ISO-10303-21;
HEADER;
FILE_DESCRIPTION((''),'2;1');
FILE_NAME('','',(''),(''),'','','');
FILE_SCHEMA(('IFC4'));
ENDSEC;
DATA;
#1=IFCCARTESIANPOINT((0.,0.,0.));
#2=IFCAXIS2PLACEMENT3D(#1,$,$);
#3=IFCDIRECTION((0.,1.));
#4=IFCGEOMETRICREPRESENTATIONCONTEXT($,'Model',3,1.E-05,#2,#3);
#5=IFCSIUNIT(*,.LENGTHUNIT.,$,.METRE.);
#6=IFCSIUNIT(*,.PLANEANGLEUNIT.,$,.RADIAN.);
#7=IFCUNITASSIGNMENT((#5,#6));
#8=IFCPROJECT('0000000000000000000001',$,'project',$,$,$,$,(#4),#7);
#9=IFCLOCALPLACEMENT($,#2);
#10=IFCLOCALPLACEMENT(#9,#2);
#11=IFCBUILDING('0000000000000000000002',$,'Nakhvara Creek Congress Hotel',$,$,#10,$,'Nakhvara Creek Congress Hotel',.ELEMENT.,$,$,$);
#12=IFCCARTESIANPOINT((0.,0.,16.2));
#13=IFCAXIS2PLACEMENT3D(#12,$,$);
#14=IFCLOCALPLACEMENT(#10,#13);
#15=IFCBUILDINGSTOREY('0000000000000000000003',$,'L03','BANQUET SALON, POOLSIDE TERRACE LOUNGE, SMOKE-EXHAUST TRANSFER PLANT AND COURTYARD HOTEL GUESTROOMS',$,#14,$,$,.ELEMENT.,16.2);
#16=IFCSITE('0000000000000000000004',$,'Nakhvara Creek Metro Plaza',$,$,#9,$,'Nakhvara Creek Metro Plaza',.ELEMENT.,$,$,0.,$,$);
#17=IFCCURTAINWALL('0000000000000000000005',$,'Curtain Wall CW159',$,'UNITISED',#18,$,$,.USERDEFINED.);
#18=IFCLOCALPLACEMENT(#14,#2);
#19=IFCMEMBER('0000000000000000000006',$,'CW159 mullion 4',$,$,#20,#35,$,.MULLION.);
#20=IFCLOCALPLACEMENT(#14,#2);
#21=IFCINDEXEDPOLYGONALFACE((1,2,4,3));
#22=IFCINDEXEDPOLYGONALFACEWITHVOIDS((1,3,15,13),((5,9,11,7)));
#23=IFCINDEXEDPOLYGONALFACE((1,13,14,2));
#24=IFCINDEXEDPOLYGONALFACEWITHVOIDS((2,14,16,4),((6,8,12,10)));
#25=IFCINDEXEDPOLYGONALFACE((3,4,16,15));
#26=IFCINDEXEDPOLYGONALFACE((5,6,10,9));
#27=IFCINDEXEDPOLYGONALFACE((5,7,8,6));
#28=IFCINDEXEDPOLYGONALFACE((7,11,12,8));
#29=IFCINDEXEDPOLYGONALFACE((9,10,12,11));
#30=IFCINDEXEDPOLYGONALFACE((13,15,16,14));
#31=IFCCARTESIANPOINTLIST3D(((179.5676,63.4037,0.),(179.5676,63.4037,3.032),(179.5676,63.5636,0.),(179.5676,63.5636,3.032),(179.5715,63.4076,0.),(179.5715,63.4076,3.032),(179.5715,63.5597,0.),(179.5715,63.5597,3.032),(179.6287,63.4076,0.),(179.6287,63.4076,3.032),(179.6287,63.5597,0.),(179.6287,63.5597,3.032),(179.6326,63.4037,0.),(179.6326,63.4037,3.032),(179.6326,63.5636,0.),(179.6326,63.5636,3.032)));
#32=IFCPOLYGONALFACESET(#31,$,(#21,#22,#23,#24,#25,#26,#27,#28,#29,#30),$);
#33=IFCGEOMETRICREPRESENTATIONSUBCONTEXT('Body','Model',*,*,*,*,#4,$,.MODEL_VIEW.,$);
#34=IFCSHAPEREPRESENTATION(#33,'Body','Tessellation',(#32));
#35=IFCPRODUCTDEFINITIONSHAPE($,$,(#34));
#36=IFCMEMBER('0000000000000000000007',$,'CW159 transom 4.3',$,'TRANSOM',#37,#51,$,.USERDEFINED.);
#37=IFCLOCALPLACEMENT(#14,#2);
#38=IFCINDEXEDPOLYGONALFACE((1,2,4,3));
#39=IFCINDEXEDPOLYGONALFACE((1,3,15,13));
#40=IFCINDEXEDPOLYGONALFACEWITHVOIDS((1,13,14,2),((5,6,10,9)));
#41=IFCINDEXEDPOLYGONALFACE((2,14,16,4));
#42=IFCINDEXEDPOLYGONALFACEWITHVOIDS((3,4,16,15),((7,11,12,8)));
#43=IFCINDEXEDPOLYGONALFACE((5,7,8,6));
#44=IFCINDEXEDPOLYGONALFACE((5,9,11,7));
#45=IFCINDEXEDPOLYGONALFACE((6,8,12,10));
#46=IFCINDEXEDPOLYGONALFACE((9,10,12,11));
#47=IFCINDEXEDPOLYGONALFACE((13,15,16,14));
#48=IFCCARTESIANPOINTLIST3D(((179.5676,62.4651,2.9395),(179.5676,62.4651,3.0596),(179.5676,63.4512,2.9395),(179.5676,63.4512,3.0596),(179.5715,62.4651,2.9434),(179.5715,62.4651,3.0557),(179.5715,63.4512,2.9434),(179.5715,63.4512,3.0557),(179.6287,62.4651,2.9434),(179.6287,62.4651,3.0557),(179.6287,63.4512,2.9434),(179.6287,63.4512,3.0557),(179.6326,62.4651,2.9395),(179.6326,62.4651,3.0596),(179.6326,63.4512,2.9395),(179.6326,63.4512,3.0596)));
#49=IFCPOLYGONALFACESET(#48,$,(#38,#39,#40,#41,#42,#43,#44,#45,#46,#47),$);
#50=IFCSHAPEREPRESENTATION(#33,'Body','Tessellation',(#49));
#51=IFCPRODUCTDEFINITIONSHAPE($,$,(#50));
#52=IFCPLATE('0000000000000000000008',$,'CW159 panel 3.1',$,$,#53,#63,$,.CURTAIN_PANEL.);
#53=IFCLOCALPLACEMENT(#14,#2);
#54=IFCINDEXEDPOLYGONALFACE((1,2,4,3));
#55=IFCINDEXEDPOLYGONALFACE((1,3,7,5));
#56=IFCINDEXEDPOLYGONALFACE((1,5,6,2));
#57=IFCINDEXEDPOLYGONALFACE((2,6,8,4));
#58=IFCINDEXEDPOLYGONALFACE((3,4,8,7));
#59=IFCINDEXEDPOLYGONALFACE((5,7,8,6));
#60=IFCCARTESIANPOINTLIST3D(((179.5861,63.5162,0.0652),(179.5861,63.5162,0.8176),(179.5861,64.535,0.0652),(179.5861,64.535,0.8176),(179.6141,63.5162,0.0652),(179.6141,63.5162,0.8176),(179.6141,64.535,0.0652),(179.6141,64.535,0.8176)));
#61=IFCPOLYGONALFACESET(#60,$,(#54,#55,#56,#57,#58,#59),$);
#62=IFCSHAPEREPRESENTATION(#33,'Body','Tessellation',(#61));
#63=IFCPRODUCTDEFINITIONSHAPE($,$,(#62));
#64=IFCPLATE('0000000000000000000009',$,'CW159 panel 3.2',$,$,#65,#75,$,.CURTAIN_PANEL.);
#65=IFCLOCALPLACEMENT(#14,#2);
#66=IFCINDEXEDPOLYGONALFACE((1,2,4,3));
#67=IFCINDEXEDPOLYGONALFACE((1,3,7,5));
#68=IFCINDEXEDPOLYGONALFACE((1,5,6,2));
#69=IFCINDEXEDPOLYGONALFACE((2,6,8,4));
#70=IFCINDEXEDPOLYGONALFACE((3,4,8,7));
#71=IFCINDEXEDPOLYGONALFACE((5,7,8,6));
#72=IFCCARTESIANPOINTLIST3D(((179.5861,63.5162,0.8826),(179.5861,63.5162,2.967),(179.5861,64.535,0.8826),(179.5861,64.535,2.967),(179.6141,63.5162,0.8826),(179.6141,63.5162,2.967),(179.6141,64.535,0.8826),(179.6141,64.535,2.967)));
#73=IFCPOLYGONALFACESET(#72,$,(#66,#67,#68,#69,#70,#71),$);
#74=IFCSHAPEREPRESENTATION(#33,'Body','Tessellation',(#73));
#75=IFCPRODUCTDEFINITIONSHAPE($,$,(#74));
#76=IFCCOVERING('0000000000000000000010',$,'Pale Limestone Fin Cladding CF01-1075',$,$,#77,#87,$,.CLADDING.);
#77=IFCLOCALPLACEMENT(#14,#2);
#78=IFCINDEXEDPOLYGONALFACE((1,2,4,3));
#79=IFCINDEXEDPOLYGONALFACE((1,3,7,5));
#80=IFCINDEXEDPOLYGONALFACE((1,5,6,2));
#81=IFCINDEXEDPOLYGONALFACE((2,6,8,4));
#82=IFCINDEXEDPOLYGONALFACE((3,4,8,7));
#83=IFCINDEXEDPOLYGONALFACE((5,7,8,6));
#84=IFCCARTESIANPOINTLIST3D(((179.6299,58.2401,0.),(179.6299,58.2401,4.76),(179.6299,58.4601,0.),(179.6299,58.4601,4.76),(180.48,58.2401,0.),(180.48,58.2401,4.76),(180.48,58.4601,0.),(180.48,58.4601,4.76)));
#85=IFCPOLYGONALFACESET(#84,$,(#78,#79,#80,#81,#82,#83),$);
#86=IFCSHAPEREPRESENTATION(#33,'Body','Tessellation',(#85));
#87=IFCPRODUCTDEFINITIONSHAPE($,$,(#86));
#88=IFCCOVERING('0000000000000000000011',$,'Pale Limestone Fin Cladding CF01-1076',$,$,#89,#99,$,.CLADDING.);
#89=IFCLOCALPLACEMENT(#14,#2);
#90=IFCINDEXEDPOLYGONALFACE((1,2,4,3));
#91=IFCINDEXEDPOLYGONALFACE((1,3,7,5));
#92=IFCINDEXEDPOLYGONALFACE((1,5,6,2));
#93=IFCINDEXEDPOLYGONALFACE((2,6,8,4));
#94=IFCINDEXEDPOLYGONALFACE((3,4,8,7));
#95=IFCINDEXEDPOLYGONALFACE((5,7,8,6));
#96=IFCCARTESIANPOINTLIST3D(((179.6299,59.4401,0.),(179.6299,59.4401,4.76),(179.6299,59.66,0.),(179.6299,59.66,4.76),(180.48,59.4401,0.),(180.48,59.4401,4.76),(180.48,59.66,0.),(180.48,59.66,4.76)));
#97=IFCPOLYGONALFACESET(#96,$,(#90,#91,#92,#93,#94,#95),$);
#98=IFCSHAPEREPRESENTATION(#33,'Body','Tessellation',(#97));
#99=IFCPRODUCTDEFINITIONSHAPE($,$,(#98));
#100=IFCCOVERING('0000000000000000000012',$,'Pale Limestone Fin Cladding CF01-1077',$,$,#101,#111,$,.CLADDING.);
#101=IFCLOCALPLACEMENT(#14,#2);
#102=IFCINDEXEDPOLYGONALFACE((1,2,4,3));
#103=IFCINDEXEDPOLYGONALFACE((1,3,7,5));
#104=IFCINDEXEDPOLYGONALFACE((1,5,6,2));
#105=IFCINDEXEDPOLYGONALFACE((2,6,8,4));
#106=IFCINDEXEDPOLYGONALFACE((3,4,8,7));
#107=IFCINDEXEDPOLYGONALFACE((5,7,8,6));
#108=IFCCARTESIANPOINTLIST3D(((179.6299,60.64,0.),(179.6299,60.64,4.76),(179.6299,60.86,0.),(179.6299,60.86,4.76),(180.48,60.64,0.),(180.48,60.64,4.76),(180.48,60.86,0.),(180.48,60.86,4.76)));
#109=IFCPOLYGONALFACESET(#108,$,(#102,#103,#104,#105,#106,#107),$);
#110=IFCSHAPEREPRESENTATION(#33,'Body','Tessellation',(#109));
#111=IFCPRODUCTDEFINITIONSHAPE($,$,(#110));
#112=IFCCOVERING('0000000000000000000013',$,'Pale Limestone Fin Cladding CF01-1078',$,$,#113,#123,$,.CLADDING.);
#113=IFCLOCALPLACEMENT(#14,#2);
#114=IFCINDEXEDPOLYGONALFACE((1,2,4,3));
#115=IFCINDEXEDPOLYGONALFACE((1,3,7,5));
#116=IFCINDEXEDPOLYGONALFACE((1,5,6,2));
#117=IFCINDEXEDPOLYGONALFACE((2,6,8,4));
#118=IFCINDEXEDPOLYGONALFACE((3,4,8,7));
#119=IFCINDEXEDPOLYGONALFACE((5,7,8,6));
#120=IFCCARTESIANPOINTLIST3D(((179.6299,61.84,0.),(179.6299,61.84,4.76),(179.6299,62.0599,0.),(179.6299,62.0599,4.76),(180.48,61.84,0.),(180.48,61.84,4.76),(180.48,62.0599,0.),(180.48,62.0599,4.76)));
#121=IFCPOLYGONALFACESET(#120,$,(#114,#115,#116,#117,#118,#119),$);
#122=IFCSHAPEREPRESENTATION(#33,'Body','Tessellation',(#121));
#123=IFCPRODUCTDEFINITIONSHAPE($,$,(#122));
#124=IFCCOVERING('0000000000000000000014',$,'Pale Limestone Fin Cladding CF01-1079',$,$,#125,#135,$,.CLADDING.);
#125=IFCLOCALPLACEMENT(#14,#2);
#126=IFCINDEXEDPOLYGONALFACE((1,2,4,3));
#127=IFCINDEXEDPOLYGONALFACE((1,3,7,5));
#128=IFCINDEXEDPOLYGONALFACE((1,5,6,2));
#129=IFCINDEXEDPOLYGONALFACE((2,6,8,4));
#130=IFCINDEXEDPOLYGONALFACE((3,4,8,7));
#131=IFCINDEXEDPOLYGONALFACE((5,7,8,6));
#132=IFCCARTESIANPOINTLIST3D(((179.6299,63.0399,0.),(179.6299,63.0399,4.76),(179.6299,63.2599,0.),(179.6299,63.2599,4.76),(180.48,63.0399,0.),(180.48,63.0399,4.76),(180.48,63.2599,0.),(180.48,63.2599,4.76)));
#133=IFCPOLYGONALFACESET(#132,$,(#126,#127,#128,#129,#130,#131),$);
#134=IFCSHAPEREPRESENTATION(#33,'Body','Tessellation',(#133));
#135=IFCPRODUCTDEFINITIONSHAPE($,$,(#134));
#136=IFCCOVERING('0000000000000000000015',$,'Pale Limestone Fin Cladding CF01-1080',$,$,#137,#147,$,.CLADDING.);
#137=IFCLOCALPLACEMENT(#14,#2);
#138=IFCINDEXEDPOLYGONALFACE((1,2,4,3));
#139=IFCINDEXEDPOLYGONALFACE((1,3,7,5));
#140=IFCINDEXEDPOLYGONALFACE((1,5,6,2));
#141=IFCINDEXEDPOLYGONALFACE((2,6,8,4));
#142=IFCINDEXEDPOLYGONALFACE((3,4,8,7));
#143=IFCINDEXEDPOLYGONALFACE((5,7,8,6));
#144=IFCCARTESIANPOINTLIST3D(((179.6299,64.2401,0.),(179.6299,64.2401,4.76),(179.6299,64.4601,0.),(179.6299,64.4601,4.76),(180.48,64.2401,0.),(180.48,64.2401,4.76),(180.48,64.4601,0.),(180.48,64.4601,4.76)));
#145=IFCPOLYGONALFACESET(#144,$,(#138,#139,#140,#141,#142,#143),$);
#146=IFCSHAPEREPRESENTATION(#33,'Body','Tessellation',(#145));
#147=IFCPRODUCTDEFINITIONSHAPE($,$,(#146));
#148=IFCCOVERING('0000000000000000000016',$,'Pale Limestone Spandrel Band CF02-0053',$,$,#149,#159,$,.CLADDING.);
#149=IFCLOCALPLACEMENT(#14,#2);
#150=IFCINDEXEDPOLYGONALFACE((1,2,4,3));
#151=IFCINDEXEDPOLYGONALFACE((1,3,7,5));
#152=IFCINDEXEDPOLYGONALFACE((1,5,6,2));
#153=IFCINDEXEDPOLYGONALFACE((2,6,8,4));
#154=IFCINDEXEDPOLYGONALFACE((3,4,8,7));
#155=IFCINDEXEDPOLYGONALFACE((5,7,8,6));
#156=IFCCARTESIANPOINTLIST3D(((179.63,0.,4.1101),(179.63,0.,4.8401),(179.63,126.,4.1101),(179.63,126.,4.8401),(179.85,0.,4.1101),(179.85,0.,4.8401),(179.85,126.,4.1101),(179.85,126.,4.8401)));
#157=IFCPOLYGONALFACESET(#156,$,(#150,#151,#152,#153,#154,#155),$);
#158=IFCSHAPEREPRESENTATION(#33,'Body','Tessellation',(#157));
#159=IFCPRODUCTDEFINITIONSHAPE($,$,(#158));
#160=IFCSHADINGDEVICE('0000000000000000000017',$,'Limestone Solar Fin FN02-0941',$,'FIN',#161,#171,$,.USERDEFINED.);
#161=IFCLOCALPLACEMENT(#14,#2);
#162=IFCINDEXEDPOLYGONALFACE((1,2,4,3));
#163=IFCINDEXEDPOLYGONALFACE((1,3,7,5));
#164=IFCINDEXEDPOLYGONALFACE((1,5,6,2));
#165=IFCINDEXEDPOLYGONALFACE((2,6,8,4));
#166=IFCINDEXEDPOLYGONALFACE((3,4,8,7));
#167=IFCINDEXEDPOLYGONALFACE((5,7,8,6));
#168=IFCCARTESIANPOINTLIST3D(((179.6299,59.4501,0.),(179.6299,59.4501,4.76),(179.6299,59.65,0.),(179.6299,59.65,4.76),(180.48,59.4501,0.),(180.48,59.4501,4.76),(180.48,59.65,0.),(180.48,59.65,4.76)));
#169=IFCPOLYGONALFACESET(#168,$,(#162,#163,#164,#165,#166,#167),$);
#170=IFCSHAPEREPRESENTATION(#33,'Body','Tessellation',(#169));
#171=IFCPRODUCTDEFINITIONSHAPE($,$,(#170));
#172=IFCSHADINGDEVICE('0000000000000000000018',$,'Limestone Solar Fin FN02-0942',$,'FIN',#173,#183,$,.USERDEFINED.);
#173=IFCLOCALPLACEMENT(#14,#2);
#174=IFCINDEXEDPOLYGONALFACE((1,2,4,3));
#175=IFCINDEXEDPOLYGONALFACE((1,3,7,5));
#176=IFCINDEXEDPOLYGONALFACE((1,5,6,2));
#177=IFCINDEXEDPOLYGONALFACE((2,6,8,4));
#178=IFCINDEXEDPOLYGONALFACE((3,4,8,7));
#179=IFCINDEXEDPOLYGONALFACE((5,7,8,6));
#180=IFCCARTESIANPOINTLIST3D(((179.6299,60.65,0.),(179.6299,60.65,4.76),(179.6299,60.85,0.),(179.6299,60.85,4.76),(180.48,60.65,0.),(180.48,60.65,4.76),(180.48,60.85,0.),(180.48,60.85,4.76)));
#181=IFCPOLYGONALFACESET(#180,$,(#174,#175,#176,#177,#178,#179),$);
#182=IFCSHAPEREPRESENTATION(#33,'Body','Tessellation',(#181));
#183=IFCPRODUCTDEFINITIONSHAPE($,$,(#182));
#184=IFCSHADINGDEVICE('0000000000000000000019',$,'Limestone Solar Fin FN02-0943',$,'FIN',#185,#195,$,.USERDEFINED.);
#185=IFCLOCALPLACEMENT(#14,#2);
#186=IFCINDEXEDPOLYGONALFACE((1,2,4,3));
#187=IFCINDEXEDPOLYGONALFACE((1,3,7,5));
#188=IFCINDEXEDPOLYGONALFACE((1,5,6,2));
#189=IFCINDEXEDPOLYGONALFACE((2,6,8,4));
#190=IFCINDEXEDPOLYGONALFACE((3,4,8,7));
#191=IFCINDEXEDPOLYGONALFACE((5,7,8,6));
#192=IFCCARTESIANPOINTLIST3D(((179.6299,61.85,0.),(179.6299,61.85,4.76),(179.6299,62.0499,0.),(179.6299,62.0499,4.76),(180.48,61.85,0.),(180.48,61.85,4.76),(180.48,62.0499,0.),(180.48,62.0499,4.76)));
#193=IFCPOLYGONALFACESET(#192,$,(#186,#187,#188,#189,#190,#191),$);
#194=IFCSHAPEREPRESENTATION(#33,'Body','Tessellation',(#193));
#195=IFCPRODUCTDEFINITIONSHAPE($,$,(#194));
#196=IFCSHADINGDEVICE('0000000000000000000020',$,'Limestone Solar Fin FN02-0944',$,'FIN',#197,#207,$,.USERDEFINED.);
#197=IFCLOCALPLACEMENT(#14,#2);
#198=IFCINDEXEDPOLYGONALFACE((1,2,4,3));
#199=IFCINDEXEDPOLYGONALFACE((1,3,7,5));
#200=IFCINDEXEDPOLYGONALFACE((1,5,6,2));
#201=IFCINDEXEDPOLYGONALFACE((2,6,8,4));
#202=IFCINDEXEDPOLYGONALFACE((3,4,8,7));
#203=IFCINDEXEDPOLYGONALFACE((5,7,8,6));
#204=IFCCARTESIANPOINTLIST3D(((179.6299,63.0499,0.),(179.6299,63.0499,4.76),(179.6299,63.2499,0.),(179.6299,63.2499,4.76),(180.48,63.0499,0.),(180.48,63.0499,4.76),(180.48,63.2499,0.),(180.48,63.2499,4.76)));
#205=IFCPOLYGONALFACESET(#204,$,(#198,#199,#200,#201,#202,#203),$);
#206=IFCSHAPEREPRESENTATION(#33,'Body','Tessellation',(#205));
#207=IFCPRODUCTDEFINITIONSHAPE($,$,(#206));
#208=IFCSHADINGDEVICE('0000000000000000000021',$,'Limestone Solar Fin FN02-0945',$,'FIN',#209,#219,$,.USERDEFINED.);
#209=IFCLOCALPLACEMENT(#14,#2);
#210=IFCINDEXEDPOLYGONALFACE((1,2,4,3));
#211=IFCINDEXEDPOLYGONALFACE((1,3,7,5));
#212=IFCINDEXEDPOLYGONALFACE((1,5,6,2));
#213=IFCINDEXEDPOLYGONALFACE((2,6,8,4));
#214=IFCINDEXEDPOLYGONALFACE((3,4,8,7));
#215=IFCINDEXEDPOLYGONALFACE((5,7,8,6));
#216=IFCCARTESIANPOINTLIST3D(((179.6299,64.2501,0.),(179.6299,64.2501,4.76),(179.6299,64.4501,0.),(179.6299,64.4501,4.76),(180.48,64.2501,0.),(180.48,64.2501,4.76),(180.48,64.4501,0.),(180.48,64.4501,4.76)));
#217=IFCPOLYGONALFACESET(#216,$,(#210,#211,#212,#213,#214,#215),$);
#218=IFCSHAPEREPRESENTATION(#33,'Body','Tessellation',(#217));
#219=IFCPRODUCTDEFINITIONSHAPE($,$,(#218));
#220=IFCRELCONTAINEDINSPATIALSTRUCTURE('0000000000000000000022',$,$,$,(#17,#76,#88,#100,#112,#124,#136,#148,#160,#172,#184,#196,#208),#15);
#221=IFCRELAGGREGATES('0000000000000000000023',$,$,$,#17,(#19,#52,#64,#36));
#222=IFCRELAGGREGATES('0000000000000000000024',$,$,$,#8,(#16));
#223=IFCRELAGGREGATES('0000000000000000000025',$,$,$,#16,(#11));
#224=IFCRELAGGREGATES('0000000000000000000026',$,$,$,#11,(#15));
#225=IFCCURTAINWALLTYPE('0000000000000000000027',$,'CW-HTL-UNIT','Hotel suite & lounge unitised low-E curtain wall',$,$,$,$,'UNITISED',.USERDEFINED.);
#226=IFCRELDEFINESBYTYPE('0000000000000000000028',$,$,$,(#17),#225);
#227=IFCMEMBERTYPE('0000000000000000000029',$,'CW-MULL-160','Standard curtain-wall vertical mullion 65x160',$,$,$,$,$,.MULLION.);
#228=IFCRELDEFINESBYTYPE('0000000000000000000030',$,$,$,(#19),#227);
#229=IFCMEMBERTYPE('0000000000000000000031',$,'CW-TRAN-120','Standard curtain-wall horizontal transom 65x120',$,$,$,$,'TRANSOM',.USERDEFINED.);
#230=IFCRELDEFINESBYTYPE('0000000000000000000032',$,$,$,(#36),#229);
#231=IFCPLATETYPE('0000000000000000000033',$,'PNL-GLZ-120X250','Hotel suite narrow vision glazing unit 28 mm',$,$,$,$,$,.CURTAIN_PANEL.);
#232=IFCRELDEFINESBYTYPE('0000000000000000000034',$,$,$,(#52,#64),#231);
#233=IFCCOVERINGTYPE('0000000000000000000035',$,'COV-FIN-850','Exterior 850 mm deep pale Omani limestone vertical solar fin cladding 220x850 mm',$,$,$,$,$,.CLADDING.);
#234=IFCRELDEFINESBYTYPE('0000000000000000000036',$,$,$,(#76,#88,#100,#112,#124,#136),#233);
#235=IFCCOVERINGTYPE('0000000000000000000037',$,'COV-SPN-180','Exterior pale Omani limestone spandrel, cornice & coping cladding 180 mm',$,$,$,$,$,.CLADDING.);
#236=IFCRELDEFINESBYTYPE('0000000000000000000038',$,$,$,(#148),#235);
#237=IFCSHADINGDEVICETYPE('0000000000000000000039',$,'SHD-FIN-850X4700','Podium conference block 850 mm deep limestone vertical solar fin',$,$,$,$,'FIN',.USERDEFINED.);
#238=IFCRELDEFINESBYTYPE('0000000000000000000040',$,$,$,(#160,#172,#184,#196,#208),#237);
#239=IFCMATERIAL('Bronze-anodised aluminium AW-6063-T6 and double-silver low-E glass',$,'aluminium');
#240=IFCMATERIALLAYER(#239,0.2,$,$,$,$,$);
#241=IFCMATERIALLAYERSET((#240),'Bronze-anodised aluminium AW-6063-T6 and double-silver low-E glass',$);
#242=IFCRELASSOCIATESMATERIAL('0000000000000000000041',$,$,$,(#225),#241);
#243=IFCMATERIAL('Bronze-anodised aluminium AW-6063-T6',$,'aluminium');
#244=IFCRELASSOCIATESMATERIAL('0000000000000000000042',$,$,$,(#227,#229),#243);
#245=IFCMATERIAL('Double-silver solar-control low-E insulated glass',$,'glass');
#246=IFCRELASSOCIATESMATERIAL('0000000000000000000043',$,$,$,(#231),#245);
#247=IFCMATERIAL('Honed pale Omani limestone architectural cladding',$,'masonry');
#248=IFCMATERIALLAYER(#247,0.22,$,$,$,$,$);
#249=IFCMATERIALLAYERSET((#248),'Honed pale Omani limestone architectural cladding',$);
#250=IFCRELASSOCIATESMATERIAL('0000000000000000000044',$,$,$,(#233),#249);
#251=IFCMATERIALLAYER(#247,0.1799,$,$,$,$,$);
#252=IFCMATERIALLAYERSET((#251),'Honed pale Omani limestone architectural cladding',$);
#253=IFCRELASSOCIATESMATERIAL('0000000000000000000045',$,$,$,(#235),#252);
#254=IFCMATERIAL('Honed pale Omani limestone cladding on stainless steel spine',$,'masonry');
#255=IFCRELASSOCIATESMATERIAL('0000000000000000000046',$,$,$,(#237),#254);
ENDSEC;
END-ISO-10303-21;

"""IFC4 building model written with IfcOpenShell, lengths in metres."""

from ifc_helpers import new_model, si_unit, direction, frame, origin, origin_2d, place, context, subcontext, project, spatial, rectangle, hollow_rectangle, extrude, material, layer, layer_set, material_profile, profile_set, type_object, element, aggregate, save


model = new_model("IFC4")

# Units and contexts
model_context = context("Model", 3, precision=1e-05, world=origin(), true_north=direction((0.0, 1.0)))
body_context = subcontext(model_context, "Body", "Model", "MODEL_VIEW")
ifc_project = project(units=[si_unit("LENGTHUNIT", "METRE"), si_unit("PLANEANGLEUNIT", "RADIAN")], contexts=[model_context])

# Site, building, storey
site_placement = place(None, origin())
site = spatial("IfcSite", under=ifc_project, at=site_placement, Name="Nakhvara Creek Metro Plaza", LongName="Nakhvara Creek Metro Plaza", CompositionType="ELEMENT", RefElevation=0.0)
building_placement = place(site_placement, origin())
building = spatial("IfcBuilding", under=site, at=building_placement, Name="Nakhvara Creek Congress Hotel", LongName="Nakhvara Creek Congress Hotel", CompositionType="ELEMENT")
storey_placement = place(building_placement, frame((0.0, 0.0, 16.2)))
storey = spatial("IfcBuildingStorey", under=building, at=storey_placement, Name="L03", Description="BANQUET SALON, POOLSIDE TERRACE LOUNGE, SMOKE-EXHAUST TRANSFER PLANT AND COURTYARD HOTEL GUESTROOMS", CompositionType="ELEMENT", Elevation=16.2)

# Curtain wall, members, plates
ifc_material_1 = material(Name="Bronze-anodised aluminium AW-6063-T6 and double-silver low-E glass", Category="aluminium")
ifc_layer_1 = layer(ifc_material_1, 0.2)
ifc_layer_set_1 = layer_set([ifc_layer_1], Name="Bronze-anodised aluminium AW-6063-T6 and double-silver low-E glass")
curtain_wall_type = type_object("IfcCurtainWallType", Name="CW-HTL-UNIT", Description="Hotel suite & lounge unitised low-E curtain wall", ElementType="UNITISED", PredefinedType="USERDEFINED", material=ifc_layer_set_1)
curtain_wall_placement = place(storey_placement, origin())
curtain_wall = element("IfcCurtainWall", 1, at=curtain_wall_placement, inside=storey, type_object=curtain_wall_type, Name="Curtain Wall CW159", ObjectType="UNITISED", PredefinedType="USERDEFINED")
ifc_material_2 = material(Name="Bronze-anodised aluminium AW-6063-T6", Category="aluminium")
ifc_material_profile_1 = material_profile(ifc_material_2, hollow_rectangle(XDim=0.0649, YDim=0.1599, WallThickness=0.0039, at=origin_2d()), Name="ALU-MULL 65x160x4", Category="LoadBearing")
ifc_profile_set_1 = profile_set([ifc_material_profile_1], Name="Bronze-anodised aluminium AW-6063-T6")
member_type_1 = type_object("IfcMemberType", Name="CW-MULL-160", Description="Standard curtain-wall vertical mullion 65x160", PredefinedType="MULLION", material=ifc_profile_set_1)
member_1_placement = place(storey_placement, frame((179.6001, 63.4836, 0.0), z_axis=(0.0, 0.0, 1.0), x_axis=(1.0, 0.0, 0.0)))
member_1 = element("IfcMember", 2, at=member_1_placement, type_object=member_type_1, Name="CW159 mullion 4", PredefinedType="MULLION", context=body_context, shape_type="SweptSolid", body=[
    extrude(hollow_rectangle(XDim=0.0649, YDim=0.1599, WallThickness=0.0039, at=origin_2d()), origin(), (0.0, 0.0, 1.0), 3.032),
])
ifc_material_profile_2 = material_profile(ifc_material_2, hollow_rectangle(XDim=0.0649, YDim=0.1201, WallThickness=0.0039, at=origin_2d()), Name="ALU-TRAN 65x120x4", Category="LoadBearing")
ifc_profile_set_2 = profile_set([ifc_material_profile_2], Name="Bronze-anodised aluminium AW-6063-T6")
member_type_2 = type_object("IfcMemberType", Name="CW-TRAN-120", Description="Standard curtain-wall horizontal transom 65x120", ElementType="TRANSOM", PredefinedType="USERDEFINED", material=ifc_profile_set_2)
member_2_placement = place(storey_placement, frame((179.6001, 63.4512, 2.9995), z_axis=(0.0, -1.0, 0.0), x_axis=(1.0, 0.0, 0.0)))
member_2 = element("IfcMember", 3, at=member_2_placement, type_object=member_type_2, Name="CW159 transom 4.3", ObjectType="TRANSOM", PredefinedType="USERDEFINED", context=body_context, shape_type="SweptSolid", body=[
    extrude(hollow_rectangle(XDim=0.0649, YDim=0.1201, WallThickness=0.0039, at=origin_2d()), origin(), (0.0, 0.0, 1.0), 0.9861),
])
ifc_material_3 = material(Name="Double-silver solar-control low-E insulated glass", Category="glass")
plate_type = type_object("IfcPlateType", Name="PNL-GLZ-120X250", Description="Hotel suite narrow vision glazing unit 28 mm", PredefinedType="CURTAIN_PANEL", material=ifc_material_3)
plate_1_placement = place(storey_placement, frame((179.6001, 64.0256, 0.0652), z_axis=(0.0, 0.0, 1.0), x_axis=(0.0, -1.0, 0.0)))
plate_1 = element("IfcPlate", 4, at=plate_1_placement, type_object=plate_type, Name="CW159 panel 3.1", PredefinedType="CURTAIN_PANEL", context=body_context, shape_type="SweptSolid", body=[
    extrude(rectangle(XDim=1.0188, YDim=0.0281, at=origin_2d()), origin(), (0.0, 0.0, 1.0), 0.7524),
])
plate_2_placement = place(storey_placement, frame((179.6001, 64.0256, 0.8826), z_axis=(0.0, 0.0, 1.0), x_axis=(0.0, -1.0, 0.0)))
plate_2 = element("IfcPlate", 5, at=plate_2_placement, type_object=plate_type, Name="CW159 panel 3.2", PredefinedType="CURTAIN_PANEL", context=body_context, shape_type="SweptSolid", body=[
    extrude(rectangle(XDim=1.0188, YDim=0.0281, at=origin_2d()), origin(), (0.0, 0.0, 1.0), 2.0845),
])
aggregate(curtain_wall, [member_1, plate_1, plate_2, member_2])

# Coverings
ifc_material_4 = material(Name="Honed pale Omani limestone architectural cladding", Category="masonry")
ifc_layer_2 = layer(ifc_material_4, 0.22)
ifc_layer_set_2 = layer_set([ifc_layer_2], Name="Honed pale Omani limestone architectural cladding")
covering_type_1 = type_object("IfcCoveringType", Name="COV-FIN-850", Description="Exterior 850 mm deep pale Omani limestone vertical solar fin cladding 220x850 mm", PredefinedType="CLADDING", material=ifc_layer_set_2)
for number, where, z_axis, x_axis, name in (
    (6, (180.0549, 58.3501, 0.0), (0.0, 0.0, 1.0), (0.0, 1.0, 0.0), "Pale Limestone Fin Cladding CF01-1075"),
    (7, (180.0549, 59.55, 0.0), (0.0, 0.0, 1.0), (0.0, 1.0, 0.0), "Pale Limestone Fin Cladding CF01-1076"),
    (8, (180.0549, 60.75, 0.0), (0.0, 0.0, 1.0), (0.0, 1.0, 0.0), "Pale Limestone Fin Cladding CF01-1077"),
    (9, (180.0549, 61.95, 0.0), (0.0, 0.0, 1.0), (0.0, 1.0, 0.0), "Pale Limestone Fin Cladding CF01-1078"),
    (10, (180.0549, 63.1499, 0.0), (0.0, 0.0, 1.0), (0.0, 1.0, 0.0), "Pale Limestone Fin Cladding CF01-1079"),
    (11, (180.0549, 64.3501, 0.0), (0.0, 0.0, 1.0), (0.0, 1.0, 0.0), "Pale Limestone Fin Cladding CF01-1080"),
):
    element("IfcCovering", number, at=place(storey_placement, frame(where, z_axis=z_axis, x_axis=x_axis)), inside=storey, type_object=covering_type_1, Name=name, PredefinedType="CLADDING", context=body_context, shape_type="SweptSolid", body=[
        extrude(rectangle(XDim=0.22, YDim=0.8501, at=origin_2d()), origin(), (0.0, 0.0, 1.0), 4.76),
    ])
ifc_layer_3 = layer(ifc_material_4, 0.1799)
ifc_layer_set_3 = layer_set([ifc_layer_3], Name="Honed pale Omani limestone architectural cladding")
covering_type_2 = type_object("IfcCoveringType", Name="COV-SPN-180", Description="Exterior pale Omani limestone spandrel, cornice & coping cladding 180 mm", PredefinedType="CLADDING", material=ifc_layer_set_3)
covering_placement = place(storey_placement, frame((179.74, 63.0, 4.1101), z_axis=(0.0, 0.0, 1.0), x_axis=(0.0, 1.0, 0.0)))
element("IfcCovering", 12, at=covering_placement, inside=storey, type_object=covering_type_2, Name="Pale Limestone Spandrel Band CF02-0053", PredefinedType="CLADDING", context=body_context, shape_type="SweptSolid", body=[
    extrude(rectangle(XDim=126.0, YDim=0.22, at=origin_2d()), origin(), (0.0, 0.0, 1.0), 0.73),
])

# Shading devices
ifc_material_5 = material(Name="Honed pale Omani limestone cladding on stainless steel spine", Category="masonry")
shading_device_type = type_object("IfcShadingDeviceType", Name="SHD-FIN-850X4700", Description="Podium conference block 850 mm deep limestone vertical solar fin", ElementType="FIN", PredefinedType="USERDEFINED", material=ifc_material_5)
for number, where, z_axis, x_axis, name in (
    (13, (180.0549, 59.55, 0.0), (0.0, 0.0, 1.0), (0.0, 1.0, 0.0), "Limestone Solar Fin FN02-0941"),
    (14, (180.0549, 60.75, 0.0), (0.0, 0.0, 1.0), (0.0, 1.0, 0.0), "Limestone Solar Fin FN02-0942"),
    (15, (180.0549, 61.95, 0.0), (0.0, 0.0, 1.0), (0.0, 1.0, 0.0), "Limestone Solar Fin FN02-0943"),
    (16, (180.0549, 63.1499, 0.0), (0.0, 0.0, 1.0), (0.0, 1.0, 0.0), "Limestone Solar Fin FN02-0944"),
    (17, (180.0549, 64.3501, 0.0), (0.0, 0.0, 1.0), (0.0, 1.0, 0.0), "Limestone Solar Fin FN02-0945"),
):
    element("IfcShadingDevice", number, at=place(storey_placement, frame(where, z_axis=z_axis, x_axis=x_axis)), inside=storey, type_object=shading_device_type, Name=name, ObjectType="FIN", PredefinedType="USERDEFINED", context=body_context, shape_type="SweptSolid", body=[
        extrude(rectangle(XDim=0.2, YDim=0.8501, at=origin_2d()), origin(), (0.0, 0.0, 1.0), 4.76),
    ])

save(model, "model.ifc")
